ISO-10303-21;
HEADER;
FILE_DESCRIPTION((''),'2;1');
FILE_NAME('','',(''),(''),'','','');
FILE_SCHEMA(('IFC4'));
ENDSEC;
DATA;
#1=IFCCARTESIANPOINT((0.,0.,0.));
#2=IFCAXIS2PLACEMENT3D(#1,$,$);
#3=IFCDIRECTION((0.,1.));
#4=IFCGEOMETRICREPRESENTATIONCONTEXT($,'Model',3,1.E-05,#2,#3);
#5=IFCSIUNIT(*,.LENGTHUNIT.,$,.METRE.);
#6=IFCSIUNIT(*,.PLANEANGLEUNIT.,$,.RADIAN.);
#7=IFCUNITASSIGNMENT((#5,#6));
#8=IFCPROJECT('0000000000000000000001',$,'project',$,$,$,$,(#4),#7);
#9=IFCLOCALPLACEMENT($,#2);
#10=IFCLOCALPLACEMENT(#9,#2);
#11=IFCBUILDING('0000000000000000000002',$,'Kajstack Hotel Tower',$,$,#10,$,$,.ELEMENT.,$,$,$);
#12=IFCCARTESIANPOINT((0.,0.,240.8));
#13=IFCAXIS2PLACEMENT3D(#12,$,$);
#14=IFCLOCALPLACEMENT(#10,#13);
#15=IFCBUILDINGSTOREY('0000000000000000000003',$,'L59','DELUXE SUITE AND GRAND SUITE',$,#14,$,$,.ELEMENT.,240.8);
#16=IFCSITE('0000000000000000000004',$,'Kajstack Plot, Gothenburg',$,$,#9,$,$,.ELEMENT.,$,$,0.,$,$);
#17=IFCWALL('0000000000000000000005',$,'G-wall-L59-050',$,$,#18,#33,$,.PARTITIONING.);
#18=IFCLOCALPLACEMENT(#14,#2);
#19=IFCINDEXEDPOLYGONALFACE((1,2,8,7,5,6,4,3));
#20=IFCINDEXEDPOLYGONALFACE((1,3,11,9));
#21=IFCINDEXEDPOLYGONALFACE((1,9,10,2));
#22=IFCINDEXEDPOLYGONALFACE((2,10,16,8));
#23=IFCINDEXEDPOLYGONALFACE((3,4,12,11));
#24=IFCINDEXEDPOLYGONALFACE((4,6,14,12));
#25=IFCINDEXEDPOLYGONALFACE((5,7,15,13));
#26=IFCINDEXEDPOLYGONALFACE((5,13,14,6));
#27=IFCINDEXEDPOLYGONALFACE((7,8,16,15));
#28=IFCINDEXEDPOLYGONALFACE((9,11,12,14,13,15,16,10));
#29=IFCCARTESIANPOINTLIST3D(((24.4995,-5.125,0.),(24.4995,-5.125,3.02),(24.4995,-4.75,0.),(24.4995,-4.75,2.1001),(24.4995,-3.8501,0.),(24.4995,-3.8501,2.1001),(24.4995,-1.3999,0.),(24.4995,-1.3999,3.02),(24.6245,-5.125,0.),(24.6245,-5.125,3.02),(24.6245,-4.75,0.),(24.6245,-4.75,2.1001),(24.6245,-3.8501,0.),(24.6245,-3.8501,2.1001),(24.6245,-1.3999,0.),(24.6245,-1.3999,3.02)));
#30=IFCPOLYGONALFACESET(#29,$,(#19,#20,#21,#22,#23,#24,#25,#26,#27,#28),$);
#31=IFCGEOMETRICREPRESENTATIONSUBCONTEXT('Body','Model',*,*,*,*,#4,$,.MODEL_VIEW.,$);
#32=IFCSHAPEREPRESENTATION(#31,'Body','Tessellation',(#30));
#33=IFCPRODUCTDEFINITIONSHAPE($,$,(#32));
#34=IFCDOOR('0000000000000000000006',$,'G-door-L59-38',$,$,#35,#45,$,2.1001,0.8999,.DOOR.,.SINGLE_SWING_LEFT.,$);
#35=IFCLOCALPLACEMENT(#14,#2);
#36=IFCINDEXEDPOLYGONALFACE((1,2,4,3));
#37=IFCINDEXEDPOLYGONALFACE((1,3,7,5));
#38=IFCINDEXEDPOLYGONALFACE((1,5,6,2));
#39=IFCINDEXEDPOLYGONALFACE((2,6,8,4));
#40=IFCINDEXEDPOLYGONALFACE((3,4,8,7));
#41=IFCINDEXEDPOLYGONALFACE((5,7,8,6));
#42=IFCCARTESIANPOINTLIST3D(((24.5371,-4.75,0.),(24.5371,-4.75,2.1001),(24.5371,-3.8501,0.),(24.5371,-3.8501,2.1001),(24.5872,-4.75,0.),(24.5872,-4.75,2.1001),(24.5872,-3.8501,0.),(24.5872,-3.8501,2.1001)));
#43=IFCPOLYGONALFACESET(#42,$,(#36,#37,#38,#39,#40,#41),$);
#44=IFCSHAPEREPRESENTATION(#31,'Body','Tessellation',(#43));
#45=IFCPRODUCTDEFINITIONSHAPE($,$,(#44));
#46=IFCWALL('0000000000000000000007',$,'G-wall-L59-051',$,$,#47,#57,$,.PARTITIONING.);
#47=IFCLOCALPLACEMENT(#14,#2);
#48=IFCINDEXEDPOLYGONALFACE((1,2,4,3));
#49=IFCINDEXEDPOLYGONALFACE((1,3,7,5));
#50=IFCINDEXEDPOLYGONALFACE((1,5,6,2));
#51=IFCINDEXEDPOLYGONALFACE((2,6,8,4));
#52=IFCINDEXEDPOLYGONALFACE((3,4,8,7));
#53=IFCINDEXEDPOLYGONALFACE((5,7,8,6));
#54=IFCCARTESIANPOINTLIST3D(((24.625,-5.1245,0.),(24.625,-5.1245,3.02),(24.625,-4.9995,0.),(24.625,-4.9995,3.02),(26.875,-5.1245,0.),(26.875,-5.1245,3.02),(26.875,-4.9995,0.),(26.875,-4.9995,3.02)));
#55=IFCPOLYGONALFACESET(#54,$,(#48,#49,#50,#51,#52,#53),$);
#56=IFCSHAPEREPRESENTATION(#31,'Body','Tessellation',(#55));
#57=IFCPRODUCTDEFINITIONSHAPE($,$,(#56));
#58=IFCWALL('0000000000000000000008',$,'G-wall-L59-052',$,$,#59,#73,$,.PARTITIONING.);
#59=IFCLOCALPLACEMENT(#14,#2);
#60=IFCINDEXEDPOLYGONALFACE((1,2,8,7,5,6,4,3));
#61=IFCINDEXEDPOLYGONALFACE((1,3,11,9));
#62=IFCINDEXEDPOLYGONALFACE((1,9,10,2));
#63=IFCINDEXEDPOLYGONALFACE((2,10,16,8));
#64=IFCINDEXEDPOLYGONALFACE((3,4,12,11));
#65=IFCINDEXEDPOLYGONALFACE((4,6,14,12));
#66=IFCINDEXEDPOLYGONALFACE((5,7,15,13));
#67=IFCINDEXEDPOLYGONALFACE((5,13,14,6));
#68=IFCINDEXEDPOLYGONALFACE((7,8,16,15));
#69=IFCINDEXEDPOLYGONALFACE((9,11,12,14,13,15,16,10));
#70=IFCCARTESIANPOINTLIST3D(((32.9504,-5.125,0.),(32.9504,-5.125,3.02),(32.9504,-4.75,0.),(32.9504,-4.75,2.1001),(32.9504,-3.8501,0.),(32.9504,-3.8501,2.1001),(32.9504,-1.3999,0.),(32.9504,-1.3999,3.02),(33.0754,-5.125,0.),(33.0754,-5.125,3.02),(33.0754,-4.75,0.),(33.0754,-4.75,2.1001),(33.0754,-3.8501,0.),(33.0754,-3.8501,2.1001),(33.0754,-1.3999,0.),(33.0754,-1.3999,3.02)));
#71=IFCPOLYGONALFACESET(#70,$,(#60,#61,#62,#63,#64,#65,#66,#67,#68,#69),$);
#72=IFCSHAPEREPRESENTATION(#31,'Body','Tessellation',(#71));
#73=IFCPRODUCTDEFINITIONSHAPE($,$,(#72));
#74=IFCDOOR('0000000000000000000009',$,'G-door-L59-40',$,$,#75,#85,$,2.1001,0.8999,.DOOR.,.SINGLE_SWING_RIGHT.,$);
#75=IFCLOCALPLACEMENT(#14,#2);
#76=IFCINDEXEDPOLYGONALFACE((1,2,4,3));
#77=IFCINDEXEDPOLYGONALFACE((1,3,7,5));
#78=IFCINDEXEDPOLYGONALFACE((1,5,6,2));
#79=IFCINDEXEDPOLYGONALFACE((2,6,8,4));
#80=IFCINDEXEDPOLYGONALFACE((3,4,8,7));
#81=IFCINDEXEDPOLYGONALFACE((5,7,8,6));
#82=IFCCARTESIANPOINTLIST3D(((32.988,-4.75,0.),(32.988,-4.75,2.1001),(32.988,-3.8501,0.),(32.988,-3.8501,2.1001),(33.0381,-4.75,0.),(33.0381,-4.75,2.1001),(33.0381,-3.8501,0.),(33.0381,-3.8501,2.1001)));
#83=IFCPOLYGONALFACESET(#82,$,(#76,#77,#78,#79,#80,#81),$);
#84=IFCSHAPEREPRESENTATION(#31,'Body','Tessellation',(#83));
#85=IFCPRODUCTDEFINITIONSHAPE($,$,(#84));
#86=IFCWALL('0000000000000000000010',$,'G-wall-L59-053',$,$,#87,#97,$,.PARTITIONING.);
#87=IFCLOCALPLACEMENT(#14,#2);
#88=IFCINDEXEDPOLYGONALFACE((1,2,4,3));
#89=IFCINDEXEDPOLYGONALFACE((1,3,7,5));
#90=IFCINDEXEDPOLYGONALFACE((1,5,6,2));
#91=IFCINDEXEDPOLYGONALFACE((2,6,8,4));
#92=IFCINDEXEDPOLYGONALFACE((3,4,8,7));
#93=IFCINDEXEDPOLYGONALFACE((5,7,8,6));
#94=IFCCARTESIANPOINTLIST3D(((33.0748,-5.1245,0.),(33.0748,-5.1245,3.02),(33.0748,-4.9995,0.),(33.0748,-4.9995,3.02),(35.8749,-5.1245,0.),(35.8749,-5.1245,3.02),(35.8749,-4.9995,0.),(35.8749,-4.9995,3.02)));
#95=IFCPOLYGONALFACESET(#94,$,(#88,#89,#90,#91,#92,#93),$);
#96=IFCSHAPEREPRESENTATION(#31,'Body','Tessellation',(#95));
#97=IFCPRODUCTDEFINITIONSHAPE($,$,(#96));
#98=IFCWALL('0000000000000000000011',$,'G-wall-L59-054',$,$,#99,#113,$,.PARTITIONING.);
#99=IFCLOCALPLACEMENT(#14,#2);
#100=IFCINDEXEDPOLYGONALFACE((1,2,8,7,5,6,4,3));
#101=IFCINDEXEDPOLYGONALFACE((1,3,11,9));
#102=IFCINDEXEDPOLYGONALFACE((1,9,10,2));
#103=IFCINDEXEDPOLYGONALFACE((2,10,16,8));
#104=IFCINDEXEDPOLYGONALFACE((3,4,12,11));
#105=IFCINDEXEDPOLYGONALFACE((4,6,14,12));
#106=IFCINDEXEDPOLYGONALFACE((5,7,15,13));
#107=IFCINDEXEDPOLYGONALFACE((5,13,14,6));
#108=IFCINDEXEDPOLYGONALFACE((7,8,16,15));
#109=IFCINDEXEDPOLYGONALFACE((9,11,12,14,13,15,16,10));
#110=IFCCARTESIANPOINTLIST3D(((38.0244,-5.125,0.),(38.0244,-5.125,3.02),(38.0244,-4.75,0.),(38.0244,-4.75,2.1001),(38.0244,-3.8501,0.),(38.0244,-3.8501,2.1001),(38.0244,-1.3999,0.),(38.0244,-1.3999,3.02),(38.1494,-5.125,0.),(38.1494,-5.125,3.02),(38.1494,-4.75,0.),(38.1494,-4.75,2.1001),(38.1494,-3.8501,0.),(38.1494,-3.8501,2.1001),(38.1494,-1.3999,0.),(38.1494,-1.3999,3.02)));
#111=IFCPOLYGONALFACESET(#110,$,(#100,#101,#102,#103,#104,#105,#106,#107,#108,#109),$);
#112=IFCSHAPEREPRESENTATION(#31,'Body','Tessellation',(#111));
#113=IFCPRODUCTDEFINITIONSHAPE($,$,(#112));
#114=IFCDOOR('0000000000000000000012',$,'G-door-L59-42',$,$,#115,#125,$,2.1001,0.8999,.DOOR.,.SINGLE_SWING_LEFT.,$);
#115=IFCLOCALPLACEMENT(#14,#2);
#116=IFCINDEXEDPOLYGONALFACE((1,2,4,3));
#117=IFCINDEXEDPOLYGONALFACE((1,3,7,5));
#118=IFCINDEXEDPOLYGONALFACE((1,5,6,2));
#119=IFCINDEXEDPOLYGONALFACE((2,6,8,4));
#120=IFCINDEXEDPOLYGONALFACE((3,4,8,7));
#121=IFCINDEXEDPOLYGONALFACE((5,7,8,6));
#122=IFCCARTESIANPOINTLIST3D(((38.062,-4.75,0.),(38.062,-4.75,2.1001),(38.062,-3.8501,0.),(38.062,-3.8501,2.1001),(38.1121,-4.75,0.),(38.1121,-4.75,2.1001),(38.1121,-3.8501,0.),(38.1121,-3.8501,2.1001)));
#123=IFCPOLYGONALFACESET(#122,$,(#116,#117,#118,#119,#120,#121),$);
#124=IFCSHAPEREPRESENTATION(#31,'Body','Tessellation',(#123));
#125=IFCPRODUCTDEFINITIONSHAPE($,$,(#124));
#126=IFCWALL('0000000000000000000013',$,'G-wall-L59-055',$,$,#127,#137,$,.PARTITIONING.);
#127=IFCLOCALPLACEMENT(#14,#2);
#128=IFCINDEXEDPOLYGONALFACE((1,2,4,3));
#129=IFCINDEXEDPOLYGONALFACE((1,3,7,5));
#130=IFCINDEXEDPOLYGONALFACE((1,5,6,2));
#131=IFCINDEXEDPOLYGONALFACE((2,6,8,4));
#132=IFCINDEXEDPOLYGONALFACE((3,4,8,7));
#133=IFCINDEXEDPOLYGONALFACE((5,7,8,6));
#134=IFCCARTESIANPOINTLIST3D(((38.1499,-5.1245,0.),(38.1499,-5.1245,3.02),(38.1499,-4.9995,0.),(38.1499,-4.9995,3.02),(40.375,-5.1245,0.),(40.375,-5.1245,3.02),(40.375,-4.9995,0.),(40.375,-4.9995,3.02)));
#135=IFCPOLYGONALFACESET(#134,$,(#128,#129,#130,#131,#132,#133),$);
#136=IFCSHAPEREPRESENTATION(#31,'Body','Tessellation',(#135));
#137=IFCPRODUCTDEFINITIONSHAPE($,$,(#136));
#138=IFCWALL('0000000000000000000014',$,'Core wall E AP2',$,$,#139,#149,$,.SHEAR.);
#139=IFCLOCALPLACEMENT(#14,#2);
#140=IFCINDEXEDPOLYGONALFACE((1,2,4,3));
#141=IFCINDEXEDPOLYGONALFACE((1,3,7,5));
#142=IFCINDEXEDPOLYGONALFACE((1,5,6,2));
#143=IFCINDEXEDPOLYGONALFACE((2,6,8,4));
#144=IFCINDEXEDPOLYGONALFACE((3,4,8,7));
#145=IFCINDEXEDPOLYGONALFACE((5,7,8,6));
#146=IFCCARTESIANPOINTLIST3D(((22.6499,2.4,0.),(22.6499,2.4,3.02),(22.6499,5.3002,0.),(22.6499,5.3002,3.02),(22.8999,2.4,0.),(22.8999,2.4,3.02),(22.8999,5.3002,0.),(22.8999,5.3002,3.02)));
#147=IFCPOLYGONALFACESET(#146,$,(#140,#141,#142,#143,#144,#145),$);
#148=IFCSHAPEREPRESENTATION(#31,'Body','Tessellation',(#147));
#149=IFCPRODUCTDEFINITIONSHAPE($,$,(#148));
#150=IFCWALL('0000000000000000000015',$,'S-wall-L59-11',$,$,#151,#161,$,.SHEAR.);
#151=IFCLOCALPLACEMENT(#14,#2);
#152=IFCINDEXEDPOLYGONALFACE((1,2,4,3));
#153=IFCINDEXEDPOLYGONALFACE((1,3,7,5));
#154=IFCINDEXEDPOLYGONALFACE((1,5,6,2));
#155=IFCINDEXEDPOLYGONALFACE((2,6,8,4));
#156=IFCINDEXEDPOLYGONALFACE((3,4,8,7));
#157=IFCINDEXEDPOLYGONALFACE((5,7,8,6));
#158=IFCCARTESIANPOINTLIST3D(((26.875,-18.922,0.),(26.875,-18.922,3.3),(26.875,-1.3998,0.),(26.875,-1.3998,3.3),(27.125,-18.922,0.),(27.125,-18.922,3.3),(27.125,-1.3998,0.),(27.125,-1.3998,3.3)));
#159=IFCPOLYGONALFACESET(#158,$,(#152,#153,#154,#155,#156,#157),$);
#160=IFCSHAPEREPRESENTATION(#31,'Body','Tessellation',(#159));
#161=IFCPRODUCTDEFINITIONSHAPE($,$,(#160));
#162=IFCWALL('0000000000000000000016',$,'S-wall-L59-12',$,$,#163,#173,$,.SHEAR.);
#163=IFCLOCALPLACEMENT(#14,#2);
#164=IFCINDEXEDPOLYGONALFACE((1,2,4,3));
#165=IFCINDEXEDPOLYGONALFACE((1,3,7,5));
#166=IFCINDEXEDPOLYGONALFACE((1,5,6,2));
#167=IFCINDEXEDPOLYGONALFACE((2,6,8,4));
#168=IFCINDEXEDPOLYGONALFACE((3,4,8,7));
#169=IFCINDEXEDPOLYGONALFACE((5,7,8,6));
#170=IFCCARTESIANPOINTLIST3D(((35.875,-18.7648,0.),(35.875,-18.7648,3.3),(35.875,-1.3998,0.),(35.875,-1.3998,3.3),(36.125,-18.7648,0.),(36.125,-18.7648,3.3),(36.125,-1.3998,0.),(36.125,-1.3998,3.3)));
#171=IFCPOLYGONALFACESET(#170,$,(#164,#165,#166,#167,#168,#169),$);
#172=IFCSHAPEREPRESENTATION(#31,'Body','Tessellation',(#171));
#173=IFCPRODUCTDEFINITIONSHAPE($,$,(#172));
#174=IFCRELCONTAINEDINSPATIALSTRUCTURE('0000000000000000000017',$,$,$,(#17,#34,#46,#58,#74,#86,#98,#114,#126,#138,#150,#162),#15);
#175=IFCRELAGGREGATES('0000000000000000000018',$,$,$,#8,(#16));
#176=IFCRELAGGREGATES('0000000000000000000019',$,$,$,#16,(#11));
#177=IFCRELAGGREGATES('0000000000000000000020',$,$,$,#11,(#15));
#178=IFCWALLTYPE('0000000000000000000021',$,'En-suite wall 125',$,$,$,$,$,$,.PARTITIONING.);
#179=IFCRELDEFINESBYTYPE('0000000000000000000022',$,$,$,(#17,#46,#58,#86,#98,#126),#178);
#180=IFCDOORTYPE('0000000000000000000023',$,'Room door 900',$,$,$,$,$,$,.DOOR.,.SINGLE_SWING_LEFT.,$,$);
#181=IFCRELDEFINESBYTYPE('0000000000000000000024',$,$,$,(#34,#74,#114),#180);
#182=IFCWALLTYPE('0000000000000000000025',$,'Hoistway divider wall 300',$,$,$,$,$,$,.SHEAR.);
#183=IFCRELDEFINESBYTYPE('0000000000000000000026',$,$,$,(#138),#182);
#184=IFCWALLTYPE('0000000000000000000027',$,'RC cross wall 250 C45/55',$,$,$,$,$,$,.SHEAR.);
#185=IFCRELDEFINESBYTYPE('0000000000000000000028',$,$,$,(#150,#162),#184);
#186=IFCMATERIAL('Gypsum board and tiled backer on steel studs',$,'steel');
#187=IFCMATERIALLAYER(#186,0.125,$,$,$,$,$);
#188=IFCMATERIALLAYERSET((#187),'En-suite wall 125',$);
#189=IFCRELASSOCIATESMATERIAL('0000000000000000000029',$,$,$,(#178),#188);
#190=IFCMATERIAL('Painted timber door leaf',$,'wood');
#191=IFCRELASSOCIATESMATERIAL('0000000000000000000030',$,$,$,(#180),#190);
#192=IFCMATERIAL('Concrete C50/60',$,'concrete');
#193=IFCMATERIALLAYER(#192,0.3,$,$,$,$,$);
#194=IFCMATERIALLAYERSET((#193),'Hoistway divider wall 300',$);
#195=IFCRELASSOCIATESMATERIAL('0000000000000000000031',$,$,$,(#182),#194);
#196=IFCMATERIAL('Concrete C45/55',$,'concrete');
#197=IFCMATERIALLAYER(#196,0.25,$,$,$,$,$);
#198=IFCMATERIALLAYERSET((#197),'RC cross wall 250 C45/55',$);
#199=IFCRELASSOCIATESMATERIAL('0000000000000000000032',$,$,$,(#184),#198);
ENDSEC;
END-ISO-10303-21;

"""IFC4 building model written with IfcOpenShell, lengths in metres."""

from ifc_helpers import new_model, si_unit, direction, frame, frame_2d, origin, place, context, subcontext, project, spatial, rectangle, extrude, material, layer, layer_set, type_object, element, fill, save


model = new_model("IFC4")

# Units and contexts
model_context = context("Model", 3, precision=1e-05, world=origin(), true_north=direction((0.0, 1.0)))
body_context = subcontext(model_context, "Body", "Model", "MODEL_VIEW")
ifc_project = project(units=[si_unit("LENGTHUNIT", "METRE"), si_unit("PLANEANGLEUNIT", "RADIAN")], contexts=[model_context])

# Site, building, storey
site_placement = place(None, origin())
site = spatial("IfcSite", under=ifc_project, at=site_placement, Name="Kajstack Plot, Gothenburg", CompositionType="ELEMENT", RefElevation=0.0)
building_placement = place(site_placement, origin())
building = spatial("IfcBuilding", under=site, at=building_placement, Name="Kajstack Hotel Tower", CompositionType="ELEMENT")
storey_placement = place(building_placement, frame((0.0, 0.0, 240.8)))
storey = spatial("IfcBuildingStorey", under=building, at=storey_placement, Name="L59", Description="DELUXE SUITE AND GRAND SUITE", CompositionType="ELEMENT", Elevation=240.8)

# Wall, opening, door
ifc_material_1 = material(Name="Gypsum board and tiled backer on steel studs", Category="steel")
ifc_layer_1 = layer(ifc_material_1, 0.125)
ifc_layer_set_1 = layer_set([ifc_layer_1], Name="En-suite wall 125")
wall_type_1 = type_object("IfcWallType", Name="En-suite wall 125", PredefinedType="PARTITIONING", material=ifc_layer_set_1)
ifc_material_2 = material(Name="Painted timber door leaf", Category="wood")
door_type_1 = type_object("IfcDoorType", Name="Room door 900", OperationType="SINGLE_SWING_LEFT", PredefinedType="DOOR", material=ifc_material_2)
wall_1_placement = place(storey_placement, frame((24.562, -5.125, 0.0), z_axis=(0.0, 0.0, 1.0), x_axis=(0.0, 1.0, 0.0)))
wall_1 = element("IfcWall", 1, at=wall_1_placement, inside=storey, type_object=wall_type_1, Name="G-wall-L59-050", PredefinedType="PARTITIONING", context=body_context, shape_type="SweptSolid", body=[
    extrude(rectangle(XDim=3.7251, YDim=0.125, at=frame_2d((1.8625, 0.0))), origin(), (0.0, 0.0, 1.0), 3.02),
])
opening_1_placement = place(wall_1_placement, frame((0.375, 0.0, 0.0)))
opening_1 = element("IfcOpeningElement", 2, at=opening_1_placement, cuts=wall_1, PredefinedType="OPENING", context=body_context, shape_type="SweptSolid", body=[
    extrude(rectangle(XDim=0.8999, YDim=2.1001, at=frame_2d((0.45, 1.05))), frame((0.0, 0.0725, 0.0), z_axis=(0.0, -1.0, 0.0), x_axis=(1.0, 0.0, 0.0)), (0.0, 0.0, 1.0), 0.145),
])
door_1_placement = place(opening_1_placement, origin())
door_1 = element("IfcDoor", 3, at=door_1_placement, inside=storey, type_object=door_type_1, Name="G-door-L59-38", OperationType="SINGLE_SWING_LEFT", OverallHeight=2.1001, OverallWidth=0.8999, PredefinedType="DOOR", context=body_context, shape_type="SweptSolid", body=[
    extrude(rectangle(XDim=0.8999, YDim=2.1001, at=frame_2d((0.45, 1.05))), frame((0.0, 0.0249, 0.0), z_axis=(0.0, -1.0, 0.0), x_axis=(1.0, 0.0, 0.0)), (0.0, 0.0, 1.0), 0.05),
])
fill(opening_1, door_1)

# Wall
wall_2_placement = place(storey_placement, frame((24.625, -5.062, 0.0), z_axis=(0.0, 0.0, 1.0), x_axis=(1.0, 0.0, 0.0)))
element("IfcWall", 4, at=wall_2_placement, inside=storey, type_object=wall_type_1, Name="G-wall-L59-051", PredefinedType="PARTITIONING", context=body_context, shape_type="SweptSolid", body=[
    extrude(rectangle(XDim=2.25, YDim=0.125, at=frame_2d((1.125, 0.0))), origin(), (0.0, 0.0, 1.0), 3.02),
])

# Wall, opening, door
wall_3_placement = place(storey_placement, frame((33.0129, -5.125, 0.0), z_axis=(0.0, 0.0, 1.0), x_axis=(0.0, 1.0, 0.0)))
wall_3 = element("IfcWall", 5, at=wall_3_placement, inside=storey, type_object=wall_type_1, Name="G-wall-L59-052", PredefinedType="PARTITIONING", context=body_context, shape_type="SweptSolid", body=[
    extrude(rectangle(XDim=3.7251, YDim=0.125, at=frame_2d((1.8625, 0.0))), origin(), (0.0, 0.0, 1.0), 3.02),
])
opening_2_placement = place(wall_3_placement, frame((0.375, 0.0, 0.0)))
opening_2 = element("IfcOpeningElement", 6, at=opening_2_placement, cuts=wall_3, PredefinedType="OPENING", context=body_context, shape_type="SweptSolid", body=[
    extrude(rectangle(XDim=0.8999, YDim=2.1001, at=frame_2d((0.45, 1.05))), frame((0.0, 0.0725, 0.0), z_axis=(0.0, -1.0, 0.0), x_axis=(1.0, 0.0, 0.0)), (0.0, 0.0, 1.0), 0.145),
])
door_2_placement = place(opening_2_placement, origin())
door_2 = element("IfcDoor", 7, at=door_2_placement, inside=storey, type_object=door_type_1, Name="G-door-L59-40", OperationType="SINGLE_SWING_RIGHT", OverallHeight=2.1001, OverallWidth=0.8999, PredefinedType="DOOR", context=body_context, shape_type="SweptSolid", body=[
    extrude(rectangle(XDim=0.8999, YDim=2.1001, at=frame_2d((0.45, 1.05))), frame((0.0, 0.0249, 0.0), z_axis=(0.0, -1.0, 0.0), x_axis=(1.0, 0.0, 0.0)), (0.0, 0.0, 1.0), 0.05),
])
fill(opening_2, door_2)

# Wall
wall_4_placement = place(storey_placement, frame((33.075, -5.062, 0.0), z_axis=(0.0, 0.0, 1.0), x_axis=(1.0, 0.0, 0.0)))
element("IfcWall", 8, at=wall_4_placement, inside=storey, type_object=wall_type_1, Name="G-wall-L59-053", PredefinedType="PARTITIONING", context=body_context, shape_type="SweptSolid", body=[
    extrude(rectangle(XDim=2.8, YDim=0.125, at=frame_2d((1.3999, 0.0))), origin(), (0.0, 0.0, 1.0), 3.02),
])

# Wall, opening, door
wall_5_placement = place(storey_placement, frame((38.0869, -5.125, 0.0), z_axis=(0.0, 0.0, 1.0), x_axis=(0.0, 1.0, 0.0)))
wall_5 = element("IfcWall", 9, at=wall_5_placement, inside=storey, type_object=wall_type_1, Name="G-wall-L59-054", PredefinedType="PARTITIONING", context=body_context, shape_type="SweptSolid", body=[
    extrude(rectangle(XDim=3.7251, YDim=0.125, at=frame_2d((1.8625, 0.0))), origin(), (0.0, 0.0, 1.0), 3.02),
])
opening_3_placement = place(wall_5_placement, frame((0.375, 0.0, 0.0)))
opening_3 = element("IfcOpeningElement", 10, at=opening_3_placement, cuts=wall_5, PredefinedType="OPENING", context=body_context, shape_type="SweptSolid", body=[
    extrude(rectangle(XDim=0.8999, YDim=2.1001, at=frame_2d((0.45, 1.05))), frame((0.0, 0.0725, 0.0), z_axis=(0.0, -1.0, 0.0), x_axis=(1.0, 0.0, 0.0)), (0.0, 0.0, 1.0), 0.145),
])
door_3_placement = place(opening_3_placement, origin())
door_3 = element("IfcDoor", 11, at=door_3_placement, inside=storey, type_object=door_type_1, Name="G-door-L59-42", OperationType="SINGLE_SWING_LEFT", OverallHeight=2.1001, OverallWidth=0.8999, PredefinedType="DOOR", context=body_context, shape_type="SweptSolid", body=[
    extrude(rectangle(XDim=0.8999, YDim=2.1001, at=frame_2d((0.45, 1.05))), frame((0.0, 0.0249, 0.0), z_axis=(0.0, -1.0, 0.0), x_axis=(1.0, 0.0, 0.0)), (0.0, 0.0, 1.0), 0.05),
])
fill(opening_3, door_3)

# Walls
wall_6_placement = place(storey_placement, frame((38.1499, -5.062, 0.0), z_axis=(0.0, 0.0, 1.0), x_axis=(1.0, 0.0, 0.0)))
element("IfcWall", 12, at=wall_6_placement, inside=storey, type_object=wall_type_1, Name="G-wall-L59-055", PredefinedType="PARTITIONING", context=body_context, shape_type="SweptSolid", body=[
    extrude(rectangle(XDim=2.2251, YDim=0.125, at=frame_2d((1.1125, 0.0))), origin(), (0.0, 0.0, 1.0), 3.02),
])
ifc_material_3 = material(Name="Concrete C50/60", Category="concrete")
ifc_layer_2 = layer(ifc_material_3, 0.3)
ifc_layer_set_2 = layer_set([ifc_layer_2], Name="Hoistway divider wall 300")
wall_type_2 = type_object("IfcWallType", Name="Hoistway divider wall 300", PredefinedType="SHEAR", material=ifc_layer_set_2)
wall_7_placement = place(storey_placement, frame((22.7749, 2.3999, 0.0), z_axis=(0.0, 0.0, 1.0), x_axis=(0.0, 1.0, 0.0)))
element("IfcWall", 13, at=wall_7_placement, inside=storey, type_object=wall_type_2, Name="Core wall E AP2", PredefinedType="SHEAR", context=body_context, shape_type="SweptSolid", body=[
    extrude(rectangle(XDim=2.9001, YDim=0.25, at=frame_2d((1.4502, 0.0))), origin(), (0.0, 0.0, 1.0), 3.02),
])
ifc_material_4 = material(Name="Concrete C45/55", Category="concrete")
ifc_layer_3 = layer(ifc_material_4, 0.25)
ifc_layer_set_3 = layer_set([ifc_layer_3], Name="RC cross wall 250 C45/55")
wall_type_3 = type_object("IfcWallType", Name="RC cross wall 250 C45/55", PredefinedType="SHEAR", material=ifc_layer_set_3)
wall_8_placement = place(storey_placement, frame((27.0, -18.9221, 0.0), z_axis=(0.0, 0.0, 1.0), x_axis=(0.0, 1.0, 0.0)))
element("IfcWall", 14, at=wall_8_placement, inside=storey, type_object=wall_type_3, Name="S-wall-L59-11", PredefinedType="SHEAR", context=body_context, shape_type="SweptSolid", body=[
    extrude(rectangle(XDim=17.5222, YDim=0.25, at=frame_2d((8.7612, 0.0))), origin(), (0.0, 0.0, 1.0), 3.3),
])
wall_9_placement = place(storey_placement, frame((36.0, -18.7649, 0.0), z_axis=(0.0, 0.0, 1.0), x_axis=(0.0, 1.0, 0.0)))
element("IfcWall", 15, at=wall_9_placement, inside=storey, type_object=wall_type_3, Name="S-wall-L59-12", PredefinedType="SHEAR", context=body_context, shape_type="SweptSolid", body=[
    extrude(rectangle(XDim=17.365, YDim=0.25, at=frame_2d((8.6826, 0.0))), origin(), (0.0, 0.0, 1.0), 3.3),
])

save(model, "model.ifc")
